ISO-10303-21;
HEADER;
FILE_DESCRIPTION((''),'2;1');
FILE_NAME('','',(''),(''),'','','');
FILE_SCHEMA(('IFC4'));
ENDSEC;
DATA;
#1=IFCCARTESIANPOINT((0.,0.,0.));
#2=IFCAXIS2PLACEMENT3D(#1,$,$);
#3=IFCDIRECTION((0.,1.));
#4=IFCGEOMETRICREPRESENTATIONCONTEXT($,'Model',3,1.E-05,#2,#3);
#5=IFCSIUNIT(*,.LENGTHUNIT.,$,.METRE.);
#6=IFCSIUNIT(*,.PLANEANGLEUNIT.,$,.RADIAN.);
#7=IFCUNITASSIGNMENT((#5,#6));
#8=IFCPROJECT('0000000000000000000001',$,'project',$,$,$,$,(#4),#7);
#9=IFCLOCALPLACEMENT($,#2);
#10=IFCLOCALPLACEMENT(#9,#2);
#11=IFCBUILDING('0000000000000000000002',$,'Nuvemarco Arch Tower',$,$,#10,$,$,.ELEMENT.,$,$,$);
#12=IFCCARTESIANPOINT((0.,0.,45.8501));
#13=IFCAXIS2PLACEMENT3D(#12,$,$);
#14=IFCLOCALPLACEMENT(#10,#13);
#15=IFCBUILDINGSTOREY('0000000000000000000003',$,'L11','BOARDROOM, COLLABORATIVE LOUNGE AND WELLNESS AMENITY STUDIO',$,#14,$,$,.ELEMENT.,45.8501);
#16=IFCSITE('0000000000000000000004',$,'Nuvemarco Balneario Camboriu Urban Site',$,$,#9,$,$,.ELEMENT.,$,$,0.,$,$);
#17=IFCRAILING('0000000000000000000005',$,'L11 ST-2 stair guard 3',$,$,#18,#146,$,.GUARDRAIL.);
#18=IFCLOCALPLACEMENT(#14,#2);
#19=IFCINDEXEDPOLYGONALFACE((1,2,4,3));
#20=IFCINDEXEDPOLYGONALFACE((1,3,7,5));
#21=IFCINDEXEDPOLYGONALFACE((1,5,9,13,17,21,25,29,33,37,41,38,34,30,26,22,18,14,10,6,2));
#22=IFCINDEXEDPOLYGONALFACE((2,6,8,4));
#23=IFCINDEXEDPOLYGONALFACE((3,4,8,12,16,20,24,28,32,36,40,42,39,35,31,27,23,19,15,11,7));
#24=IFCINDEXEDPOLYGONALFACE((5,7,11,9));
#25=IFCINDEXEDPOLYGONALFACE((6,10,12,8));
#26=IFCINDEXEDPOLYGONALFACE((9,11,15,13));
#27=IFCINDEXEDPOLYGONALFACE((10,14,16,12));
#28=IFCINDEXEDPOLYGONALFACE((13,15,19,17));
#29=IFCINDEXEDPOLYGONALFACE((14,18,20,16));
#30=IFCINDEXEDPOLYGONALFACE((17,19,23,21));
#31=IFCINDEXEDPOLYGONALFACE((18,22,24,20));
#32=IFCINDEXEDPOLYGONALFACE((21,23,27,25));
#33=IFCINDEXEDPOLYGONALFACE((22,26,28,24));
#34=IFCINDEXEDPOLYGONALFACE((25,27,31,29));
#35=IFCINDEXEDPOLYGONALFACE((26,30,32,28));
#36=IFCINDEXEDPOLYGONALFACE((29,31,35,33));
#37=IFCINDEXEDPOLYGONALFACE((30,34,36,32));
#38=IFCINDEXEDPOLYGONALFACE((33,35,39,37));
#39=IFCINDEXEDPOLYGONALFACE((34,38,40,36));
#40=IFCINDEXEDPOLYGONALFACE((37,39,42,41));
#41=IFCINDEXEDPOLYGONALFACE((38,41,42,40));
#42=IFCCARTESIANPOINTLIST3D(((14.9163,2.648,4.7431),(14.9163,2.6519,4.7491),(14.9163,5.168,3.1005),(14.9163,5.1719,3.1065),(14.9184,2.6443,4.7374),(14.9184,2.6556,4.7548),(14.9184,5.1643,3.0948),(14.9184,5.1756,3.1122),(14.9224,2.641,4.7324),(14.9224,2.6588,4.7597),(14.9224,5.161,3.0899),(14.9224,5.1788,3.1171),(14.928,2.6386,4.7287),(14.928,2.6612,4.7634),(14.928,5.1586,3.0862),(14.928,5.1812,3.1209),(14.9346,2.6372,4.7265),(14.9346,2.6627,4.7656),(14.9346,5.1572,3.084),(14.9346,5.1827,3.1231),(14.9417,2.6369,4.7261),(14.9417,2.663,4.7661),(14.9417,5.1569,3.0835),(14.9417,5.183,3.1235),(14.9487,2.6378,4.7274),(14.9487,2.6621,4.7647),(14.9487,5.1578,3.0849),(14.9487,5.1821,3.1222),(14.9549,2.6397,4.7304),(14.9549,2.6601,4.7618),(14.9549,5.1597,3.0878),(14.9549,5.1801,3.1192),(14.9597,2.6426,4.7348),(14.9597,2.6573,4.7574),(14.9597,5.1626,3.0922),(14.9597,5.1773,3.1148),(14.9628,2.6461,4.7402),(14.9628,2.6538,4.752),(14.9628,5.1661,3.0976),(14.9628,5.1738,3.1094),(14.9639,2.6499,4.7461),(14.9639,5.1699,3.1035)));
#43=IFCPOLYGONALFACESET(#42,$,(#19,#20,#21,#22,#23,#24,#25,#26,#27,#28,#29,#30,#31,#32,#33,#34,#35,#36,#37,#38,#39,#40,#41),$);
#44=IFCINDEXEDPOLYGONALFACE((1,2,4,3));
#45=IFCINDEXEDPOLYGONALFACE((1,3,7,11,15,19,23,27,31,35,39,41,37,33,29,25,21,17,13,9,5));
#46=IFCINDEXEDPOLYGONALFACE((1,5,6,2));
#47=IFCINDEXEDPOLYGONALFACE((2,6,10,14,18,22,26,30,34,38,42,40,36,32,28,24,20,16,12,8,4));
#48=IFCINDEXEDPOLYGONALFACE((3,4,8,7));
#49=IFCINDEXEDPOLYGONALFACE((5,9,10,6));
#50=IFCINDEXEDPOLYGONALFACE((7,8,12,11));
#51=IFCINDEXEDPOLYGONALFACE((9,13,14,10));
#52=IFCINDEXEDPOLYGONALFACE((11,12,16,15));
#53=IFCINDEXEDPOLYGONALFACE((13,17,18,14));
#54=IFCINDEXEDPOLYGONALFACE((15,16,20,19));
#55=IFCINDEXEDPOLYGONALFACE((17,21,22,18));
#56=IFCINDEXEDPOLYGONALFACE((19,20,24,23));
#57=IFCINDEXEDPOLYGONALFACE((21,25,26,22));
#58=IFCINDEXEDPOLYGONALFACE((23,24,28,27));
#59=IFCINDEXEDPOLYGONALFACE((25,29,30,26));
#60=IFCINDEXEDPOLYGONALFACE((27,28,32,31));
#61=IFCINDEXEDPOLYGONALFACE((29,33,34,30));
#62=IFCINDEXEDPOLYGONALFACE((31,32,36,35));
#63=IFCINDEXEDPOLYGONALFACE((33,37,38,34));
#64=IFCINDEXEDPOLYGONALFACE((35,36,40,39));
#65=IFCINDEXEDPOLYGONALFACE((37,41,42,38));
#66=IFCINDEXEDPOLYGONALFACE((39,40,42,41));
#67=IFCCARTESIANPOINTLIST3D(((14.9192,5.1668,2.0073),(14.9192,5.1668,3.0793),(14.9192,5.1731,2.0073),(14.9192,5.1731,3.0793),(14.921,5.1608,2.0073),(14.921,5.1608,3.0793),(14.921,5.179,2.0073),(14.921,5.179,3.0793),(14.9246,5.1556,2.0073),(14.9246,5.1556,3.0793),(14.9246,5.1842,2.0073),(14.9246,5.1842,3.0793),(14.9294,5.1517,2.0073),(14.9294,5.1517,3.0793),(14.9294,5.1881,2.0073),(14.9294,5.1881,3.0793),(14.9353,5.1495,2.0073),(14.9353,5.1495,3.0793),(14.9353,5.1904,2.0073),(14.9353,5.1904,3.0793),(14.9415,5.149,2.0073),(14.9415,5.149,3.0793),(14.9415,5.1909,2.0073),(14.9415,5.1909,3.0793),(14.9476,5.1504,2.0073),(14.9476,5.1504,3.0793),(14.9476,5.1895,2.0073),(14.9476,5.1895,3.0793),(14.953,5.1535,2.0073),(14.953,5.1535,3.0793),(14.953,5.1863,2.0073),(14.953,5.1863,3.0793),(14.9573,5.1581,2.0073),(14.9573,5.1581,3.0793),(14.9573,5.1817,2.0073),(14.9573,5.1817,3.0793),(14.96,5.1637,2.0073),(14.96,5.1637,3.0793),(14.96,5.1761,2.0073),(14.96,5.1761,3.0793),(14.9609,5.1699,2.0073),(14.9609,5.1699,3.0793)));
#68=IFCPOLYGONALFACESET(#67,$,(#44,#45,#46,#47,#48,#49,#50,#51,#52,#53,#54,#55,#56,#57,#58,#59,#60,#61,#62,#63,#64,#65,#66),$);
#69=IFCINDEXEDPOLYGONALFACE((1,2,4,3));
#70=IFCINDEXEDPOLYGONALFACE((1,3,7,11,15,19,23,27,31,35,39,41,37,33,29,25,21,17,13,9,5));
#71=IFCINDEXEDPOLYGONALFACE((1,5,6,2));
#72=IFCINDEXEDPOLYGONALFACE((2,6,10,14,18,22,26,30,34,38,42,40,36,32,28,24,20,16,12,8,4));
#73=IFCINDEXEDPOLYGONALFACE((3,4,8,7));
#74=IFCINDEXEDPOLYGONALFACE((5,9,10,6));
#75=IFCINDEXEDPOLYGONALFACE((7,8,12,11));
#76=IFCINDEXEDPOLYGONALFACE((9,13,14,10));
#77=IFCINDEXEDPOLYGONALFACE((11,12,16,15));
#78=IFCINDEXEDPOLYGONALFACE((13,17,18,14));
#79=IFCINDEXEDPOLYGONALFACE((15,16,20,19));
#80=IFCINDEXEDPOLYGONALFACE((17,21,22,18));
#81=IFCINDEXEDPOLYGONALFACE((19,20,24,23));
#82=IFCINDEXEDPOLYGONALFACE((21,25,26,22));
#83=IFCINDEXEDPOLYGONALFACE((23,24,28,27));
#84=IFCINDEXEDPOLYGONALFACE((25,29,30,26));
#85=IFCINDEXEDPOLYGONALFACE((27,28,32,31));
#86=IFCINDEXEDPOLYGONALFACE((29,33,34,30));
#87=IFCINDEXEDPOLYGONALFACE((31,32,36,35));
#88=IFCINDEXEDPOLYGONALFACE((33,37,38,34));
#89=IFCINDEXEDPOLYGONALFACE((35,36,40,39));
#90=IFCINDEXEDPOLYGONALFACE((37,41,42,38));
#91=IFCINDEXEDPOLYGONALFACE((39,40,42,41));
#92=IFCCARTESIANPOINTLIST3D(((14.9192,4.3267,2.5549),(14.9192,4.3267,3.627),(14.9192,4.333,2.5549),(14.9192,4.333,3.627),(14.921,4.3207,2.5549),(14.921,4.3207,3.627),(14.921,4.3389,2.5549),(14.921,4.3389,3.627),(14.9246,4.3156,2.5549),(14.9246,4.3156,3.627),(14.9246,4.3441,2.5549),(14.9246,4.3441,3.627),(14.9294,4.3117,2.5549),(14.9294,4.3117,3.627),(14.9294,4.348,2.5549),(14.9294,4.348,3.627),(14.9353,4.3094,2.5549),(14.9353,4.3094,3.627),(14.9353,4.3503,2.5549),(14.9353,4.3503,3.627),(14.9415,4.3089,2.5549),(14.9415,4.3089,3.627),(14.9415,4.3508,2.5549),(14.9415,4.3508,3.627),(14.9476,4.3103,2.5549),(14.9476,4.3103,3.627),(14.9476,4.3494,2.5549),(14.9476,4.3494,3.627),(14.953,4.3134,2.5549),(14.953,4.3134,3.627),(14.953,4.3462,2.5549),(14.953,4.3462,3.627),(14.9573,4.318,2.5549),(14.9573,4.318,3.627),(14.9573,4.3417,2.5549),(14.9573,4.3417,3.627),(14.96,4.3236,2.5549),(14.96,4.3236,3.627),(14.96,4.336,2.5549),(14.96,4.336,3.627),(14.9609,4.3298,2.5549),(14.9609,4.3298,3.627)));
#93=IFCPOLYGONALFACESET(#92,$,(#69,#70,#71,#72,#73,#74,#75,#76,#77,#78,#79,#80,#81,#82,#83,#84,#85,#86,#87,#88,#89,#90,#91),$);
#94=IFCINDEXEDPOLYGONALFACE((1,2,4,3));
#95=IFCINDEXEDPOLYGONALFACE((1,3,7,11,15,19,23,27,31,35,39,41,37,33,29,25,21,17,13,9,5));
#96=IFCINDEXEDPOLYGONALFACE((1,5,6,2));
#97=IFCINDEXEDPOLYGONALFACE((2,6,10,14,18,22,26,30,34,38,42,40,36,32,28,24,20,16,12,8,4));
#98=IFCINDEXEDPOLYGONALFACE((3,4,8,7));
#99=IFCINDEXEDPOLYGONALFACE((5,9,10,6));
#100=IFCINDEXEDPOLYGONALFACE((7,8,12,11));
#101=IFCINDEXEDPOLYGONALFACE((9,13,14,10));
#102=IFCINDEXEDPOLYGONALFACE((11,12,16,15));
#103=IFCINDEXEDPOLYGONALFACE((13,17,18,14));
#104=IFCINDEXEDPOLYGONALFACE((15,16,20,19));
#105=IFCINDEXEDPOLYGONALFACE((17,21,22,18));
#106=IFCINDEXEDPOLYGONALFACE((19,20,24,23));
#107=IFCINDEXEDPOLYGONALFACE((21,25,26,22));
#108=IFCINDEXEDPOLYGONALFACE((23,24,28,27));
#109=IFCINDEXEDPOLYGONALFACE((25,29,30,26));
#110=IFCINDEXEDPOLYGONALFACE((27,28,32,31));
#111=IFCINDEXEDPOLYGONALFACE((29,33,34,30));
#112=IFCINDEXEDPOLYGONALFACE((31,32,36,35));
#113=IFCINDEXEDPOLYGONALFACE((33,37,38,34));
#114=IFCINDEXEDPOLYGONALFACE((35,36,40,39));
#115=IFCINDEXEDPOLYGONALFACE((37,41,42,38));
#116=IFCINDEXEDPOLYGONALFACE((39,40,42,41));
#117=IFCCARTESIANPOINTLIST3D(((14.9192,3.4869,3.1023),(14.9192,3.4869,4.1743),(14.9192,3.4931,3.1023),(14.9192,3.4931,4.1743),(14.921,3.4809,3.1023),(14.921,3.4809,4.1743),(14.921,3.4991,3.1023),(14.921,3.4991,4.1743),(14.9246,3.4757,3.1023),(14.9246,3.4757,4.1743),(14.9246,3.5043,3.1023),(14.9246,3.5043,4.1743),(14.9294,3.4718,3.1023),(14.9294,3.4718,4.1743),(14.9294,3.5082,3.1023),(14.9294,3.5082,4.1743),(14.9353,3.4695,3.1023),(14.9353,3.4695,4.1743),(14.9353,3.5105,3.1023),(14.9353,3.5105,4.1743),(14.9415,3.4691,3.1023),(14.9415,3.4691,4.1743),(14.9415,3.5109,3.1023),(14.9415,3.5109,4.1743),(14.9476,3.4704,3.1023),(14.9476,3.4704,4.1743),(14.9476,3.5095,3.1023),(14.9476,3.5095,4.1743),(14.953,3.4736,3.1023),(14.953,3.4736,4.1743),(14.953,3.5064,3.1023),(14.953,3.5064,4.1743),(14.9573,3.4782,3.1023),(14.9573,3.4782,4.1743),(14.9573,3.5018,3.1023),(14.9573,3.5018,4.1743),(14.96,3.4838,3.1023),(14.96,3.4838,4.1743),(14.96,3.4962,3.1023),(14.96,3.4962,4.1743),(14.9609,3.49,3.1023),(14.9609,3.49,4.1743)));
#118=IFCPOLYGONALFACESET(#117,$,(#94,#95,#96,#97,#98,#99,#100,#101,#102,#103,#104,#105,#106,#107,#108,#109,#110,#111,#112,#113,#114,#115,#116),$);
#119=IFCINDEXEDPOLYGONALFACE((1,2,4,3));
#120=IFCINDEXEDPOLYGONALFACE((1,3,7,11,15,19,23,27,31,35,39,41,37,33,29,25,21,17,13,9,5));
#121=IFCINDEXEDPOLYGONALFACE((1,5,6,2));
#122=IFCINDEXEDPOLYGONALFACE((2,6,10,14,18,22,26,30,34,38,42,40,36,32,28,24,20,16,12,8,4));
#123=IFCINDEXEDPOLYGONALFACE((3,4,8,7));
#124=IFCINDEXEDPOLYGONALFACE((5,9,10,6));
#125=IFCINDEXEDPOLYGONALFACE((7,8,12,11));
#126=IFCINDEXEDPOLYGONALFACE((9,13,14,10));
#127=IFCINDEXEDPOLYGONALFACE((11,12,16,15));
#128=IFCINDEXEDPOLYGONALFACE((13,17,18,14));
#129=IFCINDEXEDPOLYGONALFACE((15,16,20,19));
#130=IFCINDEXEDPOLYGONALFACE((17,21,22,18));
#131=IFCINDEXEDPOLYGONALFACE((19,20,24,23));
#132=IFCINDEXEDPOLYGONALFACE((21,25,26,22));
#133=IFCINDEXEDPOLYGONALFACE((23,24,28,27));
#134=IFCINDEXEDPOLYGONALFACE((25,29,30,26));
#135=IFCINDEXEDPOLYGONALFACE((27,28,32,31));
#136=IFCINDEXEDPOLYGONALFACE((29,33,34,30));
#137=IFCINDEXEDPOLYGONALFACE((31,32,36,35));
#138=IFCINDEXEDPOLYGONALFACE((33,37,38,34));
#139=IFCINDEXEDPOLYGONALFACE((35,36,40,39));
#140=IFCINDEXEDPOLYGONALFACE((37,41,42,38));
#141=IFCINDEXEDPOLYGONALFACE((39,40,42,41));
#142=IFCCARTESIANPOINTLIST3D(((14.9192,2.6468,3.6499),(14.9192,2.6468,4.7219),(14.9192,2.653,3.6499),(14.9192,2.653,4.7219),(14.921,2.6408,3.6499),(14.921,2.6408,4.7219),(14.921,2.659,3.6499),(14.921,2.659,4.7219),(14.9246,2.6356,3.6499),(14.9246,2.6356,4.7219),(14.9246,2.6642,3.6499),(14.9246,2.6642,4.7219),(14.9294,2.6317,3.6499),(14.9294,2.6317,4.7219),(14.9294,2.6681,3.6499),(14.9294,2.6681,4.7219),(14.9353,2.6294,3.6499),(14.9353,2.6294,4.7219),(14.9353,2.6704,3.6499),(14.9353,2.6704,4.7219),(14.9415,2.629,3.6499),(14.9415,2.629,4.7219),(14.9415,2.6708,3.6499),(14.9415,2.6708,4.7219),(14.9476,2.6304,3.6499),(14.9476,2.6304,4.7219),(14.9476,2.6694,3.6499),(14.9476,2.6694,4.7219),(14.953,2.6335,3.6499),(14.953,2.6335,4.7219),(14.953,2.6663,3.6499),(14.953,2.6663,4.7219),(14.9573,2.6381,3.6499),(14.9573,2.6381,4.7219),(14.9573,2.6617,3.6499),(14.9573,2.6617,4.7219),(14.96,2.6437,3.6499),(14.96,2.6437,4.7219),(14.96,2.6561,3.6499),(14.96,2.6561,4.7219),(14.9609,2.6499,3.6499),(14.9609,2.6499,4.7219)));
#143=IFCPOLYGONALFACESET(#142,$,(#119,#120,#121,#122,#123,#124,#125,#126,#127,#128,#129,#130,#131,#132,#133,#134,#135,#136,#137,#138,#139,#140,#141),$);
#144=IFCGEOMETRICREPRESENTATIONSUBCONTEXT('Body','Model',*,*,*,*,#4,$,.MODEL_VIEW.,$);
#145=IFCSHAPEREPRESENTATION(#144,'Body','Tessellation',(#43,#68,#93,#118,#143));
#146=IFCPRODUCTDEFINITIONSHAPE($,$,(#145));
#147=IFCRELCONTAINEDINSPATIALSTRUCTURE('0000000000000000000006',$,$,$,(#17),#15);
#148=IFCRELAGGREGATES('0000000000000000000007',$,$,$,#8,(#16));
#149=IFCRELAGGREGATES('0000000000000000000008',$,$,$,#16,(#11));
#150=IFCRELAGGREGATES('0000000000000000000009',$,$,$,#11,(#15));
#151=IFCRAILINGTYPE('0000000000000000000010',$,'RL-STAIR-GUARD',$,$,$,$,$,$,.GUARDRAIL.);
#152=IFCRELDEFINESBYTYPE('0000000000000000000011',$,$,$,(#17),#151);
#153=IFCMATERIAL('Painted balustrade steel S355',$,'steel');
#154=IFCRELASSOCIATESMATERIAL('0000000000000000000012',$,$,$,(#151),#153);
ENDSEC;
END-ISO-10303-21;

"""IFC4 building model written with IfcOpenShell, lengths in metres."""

from ifc_helpers import new_model, si_unit, direction, frame, origin, origin_2d, place, context, subcontext, project, spatial, circle, extrude, material, type_object, element, save


model = new_model("IFC4")

# Units and contexts
model_context = context("Model", 3, precision=1e-05, world=origin(), true_north=direction((0.0, 1.0)))
body_context = subcontext(model_context, "Body", "Model", "MODEL_VIEW")
ifc_project = project(units=[si_unit("LENGTHUNIT", "METRE"), si_unit("PLANEANGLEUNIT", "RADIAN")], contexts=[model_context])

# Site, building, storey
site_placement = place(None, origin())
site = spatial("IfcSite", under=ifc_project, at=site_placement, Name="Nuvemarco Balneario Camboriu Urban Site", CompositionType="ELEMENT", RefElevation=0.0)
building_placement = place(site_placement, origin())
building = spatial("IfcBuilding", under=site, at=building_placement, Name="Nuvemarco Arch Tower", CompositionType="ELEMENT")
storey_placement = place(building_placement, frame((0.0, 0.0, 45.8501)))
storey = spatial("IfcBuildingStorey", under=building, at=storey_placement, Name="L11", Description="BOARDROOM, COLLABORATIVE LOUNGE AND WELLNESS AMENITY STUDIO", CompositionType="ELEMENT", Elevation=45.8501)

# Railing
ifc_material_1 = material(Name="Painted balustrade steel S355", Category="steel")
railing_type_1 = type_object("IfcRailingType", Name="RL-STAIR-GUARD", PredefinedType="GUARDRAIL", material=ifc_material_1)
railing_1_placement = place(storey_placement, frame((14.9399, 5.1699, 2.0073)))
element("IfcRailing", 1, at=railing_1_placement, inside=storey, type_object=railing_type_1, Name="L11 ST-2 stair guard 3", PredefinedType="GUARDRAIL", context=body_context, shape_type="SweptSolid", body=[
    extrude(circle(Radius=0.0239, at=origin_2d()), frame((0.0, 0.0, 1.0962), z_axis=(0.0, -0.837749, 0.546055), x_axis=(1.0, 0.0, 0.0)), (0.0, 0.0, 1.0), 3.0081),
    extrude(circle(Radius=0.021, at=origin_2d()), origin(), (0.0, 0.0, 1.0), 1.072),
    extrude(circle(Radius=0.021, at=origin_2d()), frame((0.0, -0.8401, 0.5476)), (0.0, 0.0, 1.0), 1.072),
    extrude(circle(Radius=0.021, at=origin_2d()), frame((0.0, -1.6799, 1.095)), (0.0, 0.0, 1.0), 1.072),
    extrude(circle(Radius=0.021, at=origin_2d()), frame((0.0, -2.52, 1.6426)), (0.0, 0.0, 1.0), 1.072),
])

save(model, "model.ifc")
